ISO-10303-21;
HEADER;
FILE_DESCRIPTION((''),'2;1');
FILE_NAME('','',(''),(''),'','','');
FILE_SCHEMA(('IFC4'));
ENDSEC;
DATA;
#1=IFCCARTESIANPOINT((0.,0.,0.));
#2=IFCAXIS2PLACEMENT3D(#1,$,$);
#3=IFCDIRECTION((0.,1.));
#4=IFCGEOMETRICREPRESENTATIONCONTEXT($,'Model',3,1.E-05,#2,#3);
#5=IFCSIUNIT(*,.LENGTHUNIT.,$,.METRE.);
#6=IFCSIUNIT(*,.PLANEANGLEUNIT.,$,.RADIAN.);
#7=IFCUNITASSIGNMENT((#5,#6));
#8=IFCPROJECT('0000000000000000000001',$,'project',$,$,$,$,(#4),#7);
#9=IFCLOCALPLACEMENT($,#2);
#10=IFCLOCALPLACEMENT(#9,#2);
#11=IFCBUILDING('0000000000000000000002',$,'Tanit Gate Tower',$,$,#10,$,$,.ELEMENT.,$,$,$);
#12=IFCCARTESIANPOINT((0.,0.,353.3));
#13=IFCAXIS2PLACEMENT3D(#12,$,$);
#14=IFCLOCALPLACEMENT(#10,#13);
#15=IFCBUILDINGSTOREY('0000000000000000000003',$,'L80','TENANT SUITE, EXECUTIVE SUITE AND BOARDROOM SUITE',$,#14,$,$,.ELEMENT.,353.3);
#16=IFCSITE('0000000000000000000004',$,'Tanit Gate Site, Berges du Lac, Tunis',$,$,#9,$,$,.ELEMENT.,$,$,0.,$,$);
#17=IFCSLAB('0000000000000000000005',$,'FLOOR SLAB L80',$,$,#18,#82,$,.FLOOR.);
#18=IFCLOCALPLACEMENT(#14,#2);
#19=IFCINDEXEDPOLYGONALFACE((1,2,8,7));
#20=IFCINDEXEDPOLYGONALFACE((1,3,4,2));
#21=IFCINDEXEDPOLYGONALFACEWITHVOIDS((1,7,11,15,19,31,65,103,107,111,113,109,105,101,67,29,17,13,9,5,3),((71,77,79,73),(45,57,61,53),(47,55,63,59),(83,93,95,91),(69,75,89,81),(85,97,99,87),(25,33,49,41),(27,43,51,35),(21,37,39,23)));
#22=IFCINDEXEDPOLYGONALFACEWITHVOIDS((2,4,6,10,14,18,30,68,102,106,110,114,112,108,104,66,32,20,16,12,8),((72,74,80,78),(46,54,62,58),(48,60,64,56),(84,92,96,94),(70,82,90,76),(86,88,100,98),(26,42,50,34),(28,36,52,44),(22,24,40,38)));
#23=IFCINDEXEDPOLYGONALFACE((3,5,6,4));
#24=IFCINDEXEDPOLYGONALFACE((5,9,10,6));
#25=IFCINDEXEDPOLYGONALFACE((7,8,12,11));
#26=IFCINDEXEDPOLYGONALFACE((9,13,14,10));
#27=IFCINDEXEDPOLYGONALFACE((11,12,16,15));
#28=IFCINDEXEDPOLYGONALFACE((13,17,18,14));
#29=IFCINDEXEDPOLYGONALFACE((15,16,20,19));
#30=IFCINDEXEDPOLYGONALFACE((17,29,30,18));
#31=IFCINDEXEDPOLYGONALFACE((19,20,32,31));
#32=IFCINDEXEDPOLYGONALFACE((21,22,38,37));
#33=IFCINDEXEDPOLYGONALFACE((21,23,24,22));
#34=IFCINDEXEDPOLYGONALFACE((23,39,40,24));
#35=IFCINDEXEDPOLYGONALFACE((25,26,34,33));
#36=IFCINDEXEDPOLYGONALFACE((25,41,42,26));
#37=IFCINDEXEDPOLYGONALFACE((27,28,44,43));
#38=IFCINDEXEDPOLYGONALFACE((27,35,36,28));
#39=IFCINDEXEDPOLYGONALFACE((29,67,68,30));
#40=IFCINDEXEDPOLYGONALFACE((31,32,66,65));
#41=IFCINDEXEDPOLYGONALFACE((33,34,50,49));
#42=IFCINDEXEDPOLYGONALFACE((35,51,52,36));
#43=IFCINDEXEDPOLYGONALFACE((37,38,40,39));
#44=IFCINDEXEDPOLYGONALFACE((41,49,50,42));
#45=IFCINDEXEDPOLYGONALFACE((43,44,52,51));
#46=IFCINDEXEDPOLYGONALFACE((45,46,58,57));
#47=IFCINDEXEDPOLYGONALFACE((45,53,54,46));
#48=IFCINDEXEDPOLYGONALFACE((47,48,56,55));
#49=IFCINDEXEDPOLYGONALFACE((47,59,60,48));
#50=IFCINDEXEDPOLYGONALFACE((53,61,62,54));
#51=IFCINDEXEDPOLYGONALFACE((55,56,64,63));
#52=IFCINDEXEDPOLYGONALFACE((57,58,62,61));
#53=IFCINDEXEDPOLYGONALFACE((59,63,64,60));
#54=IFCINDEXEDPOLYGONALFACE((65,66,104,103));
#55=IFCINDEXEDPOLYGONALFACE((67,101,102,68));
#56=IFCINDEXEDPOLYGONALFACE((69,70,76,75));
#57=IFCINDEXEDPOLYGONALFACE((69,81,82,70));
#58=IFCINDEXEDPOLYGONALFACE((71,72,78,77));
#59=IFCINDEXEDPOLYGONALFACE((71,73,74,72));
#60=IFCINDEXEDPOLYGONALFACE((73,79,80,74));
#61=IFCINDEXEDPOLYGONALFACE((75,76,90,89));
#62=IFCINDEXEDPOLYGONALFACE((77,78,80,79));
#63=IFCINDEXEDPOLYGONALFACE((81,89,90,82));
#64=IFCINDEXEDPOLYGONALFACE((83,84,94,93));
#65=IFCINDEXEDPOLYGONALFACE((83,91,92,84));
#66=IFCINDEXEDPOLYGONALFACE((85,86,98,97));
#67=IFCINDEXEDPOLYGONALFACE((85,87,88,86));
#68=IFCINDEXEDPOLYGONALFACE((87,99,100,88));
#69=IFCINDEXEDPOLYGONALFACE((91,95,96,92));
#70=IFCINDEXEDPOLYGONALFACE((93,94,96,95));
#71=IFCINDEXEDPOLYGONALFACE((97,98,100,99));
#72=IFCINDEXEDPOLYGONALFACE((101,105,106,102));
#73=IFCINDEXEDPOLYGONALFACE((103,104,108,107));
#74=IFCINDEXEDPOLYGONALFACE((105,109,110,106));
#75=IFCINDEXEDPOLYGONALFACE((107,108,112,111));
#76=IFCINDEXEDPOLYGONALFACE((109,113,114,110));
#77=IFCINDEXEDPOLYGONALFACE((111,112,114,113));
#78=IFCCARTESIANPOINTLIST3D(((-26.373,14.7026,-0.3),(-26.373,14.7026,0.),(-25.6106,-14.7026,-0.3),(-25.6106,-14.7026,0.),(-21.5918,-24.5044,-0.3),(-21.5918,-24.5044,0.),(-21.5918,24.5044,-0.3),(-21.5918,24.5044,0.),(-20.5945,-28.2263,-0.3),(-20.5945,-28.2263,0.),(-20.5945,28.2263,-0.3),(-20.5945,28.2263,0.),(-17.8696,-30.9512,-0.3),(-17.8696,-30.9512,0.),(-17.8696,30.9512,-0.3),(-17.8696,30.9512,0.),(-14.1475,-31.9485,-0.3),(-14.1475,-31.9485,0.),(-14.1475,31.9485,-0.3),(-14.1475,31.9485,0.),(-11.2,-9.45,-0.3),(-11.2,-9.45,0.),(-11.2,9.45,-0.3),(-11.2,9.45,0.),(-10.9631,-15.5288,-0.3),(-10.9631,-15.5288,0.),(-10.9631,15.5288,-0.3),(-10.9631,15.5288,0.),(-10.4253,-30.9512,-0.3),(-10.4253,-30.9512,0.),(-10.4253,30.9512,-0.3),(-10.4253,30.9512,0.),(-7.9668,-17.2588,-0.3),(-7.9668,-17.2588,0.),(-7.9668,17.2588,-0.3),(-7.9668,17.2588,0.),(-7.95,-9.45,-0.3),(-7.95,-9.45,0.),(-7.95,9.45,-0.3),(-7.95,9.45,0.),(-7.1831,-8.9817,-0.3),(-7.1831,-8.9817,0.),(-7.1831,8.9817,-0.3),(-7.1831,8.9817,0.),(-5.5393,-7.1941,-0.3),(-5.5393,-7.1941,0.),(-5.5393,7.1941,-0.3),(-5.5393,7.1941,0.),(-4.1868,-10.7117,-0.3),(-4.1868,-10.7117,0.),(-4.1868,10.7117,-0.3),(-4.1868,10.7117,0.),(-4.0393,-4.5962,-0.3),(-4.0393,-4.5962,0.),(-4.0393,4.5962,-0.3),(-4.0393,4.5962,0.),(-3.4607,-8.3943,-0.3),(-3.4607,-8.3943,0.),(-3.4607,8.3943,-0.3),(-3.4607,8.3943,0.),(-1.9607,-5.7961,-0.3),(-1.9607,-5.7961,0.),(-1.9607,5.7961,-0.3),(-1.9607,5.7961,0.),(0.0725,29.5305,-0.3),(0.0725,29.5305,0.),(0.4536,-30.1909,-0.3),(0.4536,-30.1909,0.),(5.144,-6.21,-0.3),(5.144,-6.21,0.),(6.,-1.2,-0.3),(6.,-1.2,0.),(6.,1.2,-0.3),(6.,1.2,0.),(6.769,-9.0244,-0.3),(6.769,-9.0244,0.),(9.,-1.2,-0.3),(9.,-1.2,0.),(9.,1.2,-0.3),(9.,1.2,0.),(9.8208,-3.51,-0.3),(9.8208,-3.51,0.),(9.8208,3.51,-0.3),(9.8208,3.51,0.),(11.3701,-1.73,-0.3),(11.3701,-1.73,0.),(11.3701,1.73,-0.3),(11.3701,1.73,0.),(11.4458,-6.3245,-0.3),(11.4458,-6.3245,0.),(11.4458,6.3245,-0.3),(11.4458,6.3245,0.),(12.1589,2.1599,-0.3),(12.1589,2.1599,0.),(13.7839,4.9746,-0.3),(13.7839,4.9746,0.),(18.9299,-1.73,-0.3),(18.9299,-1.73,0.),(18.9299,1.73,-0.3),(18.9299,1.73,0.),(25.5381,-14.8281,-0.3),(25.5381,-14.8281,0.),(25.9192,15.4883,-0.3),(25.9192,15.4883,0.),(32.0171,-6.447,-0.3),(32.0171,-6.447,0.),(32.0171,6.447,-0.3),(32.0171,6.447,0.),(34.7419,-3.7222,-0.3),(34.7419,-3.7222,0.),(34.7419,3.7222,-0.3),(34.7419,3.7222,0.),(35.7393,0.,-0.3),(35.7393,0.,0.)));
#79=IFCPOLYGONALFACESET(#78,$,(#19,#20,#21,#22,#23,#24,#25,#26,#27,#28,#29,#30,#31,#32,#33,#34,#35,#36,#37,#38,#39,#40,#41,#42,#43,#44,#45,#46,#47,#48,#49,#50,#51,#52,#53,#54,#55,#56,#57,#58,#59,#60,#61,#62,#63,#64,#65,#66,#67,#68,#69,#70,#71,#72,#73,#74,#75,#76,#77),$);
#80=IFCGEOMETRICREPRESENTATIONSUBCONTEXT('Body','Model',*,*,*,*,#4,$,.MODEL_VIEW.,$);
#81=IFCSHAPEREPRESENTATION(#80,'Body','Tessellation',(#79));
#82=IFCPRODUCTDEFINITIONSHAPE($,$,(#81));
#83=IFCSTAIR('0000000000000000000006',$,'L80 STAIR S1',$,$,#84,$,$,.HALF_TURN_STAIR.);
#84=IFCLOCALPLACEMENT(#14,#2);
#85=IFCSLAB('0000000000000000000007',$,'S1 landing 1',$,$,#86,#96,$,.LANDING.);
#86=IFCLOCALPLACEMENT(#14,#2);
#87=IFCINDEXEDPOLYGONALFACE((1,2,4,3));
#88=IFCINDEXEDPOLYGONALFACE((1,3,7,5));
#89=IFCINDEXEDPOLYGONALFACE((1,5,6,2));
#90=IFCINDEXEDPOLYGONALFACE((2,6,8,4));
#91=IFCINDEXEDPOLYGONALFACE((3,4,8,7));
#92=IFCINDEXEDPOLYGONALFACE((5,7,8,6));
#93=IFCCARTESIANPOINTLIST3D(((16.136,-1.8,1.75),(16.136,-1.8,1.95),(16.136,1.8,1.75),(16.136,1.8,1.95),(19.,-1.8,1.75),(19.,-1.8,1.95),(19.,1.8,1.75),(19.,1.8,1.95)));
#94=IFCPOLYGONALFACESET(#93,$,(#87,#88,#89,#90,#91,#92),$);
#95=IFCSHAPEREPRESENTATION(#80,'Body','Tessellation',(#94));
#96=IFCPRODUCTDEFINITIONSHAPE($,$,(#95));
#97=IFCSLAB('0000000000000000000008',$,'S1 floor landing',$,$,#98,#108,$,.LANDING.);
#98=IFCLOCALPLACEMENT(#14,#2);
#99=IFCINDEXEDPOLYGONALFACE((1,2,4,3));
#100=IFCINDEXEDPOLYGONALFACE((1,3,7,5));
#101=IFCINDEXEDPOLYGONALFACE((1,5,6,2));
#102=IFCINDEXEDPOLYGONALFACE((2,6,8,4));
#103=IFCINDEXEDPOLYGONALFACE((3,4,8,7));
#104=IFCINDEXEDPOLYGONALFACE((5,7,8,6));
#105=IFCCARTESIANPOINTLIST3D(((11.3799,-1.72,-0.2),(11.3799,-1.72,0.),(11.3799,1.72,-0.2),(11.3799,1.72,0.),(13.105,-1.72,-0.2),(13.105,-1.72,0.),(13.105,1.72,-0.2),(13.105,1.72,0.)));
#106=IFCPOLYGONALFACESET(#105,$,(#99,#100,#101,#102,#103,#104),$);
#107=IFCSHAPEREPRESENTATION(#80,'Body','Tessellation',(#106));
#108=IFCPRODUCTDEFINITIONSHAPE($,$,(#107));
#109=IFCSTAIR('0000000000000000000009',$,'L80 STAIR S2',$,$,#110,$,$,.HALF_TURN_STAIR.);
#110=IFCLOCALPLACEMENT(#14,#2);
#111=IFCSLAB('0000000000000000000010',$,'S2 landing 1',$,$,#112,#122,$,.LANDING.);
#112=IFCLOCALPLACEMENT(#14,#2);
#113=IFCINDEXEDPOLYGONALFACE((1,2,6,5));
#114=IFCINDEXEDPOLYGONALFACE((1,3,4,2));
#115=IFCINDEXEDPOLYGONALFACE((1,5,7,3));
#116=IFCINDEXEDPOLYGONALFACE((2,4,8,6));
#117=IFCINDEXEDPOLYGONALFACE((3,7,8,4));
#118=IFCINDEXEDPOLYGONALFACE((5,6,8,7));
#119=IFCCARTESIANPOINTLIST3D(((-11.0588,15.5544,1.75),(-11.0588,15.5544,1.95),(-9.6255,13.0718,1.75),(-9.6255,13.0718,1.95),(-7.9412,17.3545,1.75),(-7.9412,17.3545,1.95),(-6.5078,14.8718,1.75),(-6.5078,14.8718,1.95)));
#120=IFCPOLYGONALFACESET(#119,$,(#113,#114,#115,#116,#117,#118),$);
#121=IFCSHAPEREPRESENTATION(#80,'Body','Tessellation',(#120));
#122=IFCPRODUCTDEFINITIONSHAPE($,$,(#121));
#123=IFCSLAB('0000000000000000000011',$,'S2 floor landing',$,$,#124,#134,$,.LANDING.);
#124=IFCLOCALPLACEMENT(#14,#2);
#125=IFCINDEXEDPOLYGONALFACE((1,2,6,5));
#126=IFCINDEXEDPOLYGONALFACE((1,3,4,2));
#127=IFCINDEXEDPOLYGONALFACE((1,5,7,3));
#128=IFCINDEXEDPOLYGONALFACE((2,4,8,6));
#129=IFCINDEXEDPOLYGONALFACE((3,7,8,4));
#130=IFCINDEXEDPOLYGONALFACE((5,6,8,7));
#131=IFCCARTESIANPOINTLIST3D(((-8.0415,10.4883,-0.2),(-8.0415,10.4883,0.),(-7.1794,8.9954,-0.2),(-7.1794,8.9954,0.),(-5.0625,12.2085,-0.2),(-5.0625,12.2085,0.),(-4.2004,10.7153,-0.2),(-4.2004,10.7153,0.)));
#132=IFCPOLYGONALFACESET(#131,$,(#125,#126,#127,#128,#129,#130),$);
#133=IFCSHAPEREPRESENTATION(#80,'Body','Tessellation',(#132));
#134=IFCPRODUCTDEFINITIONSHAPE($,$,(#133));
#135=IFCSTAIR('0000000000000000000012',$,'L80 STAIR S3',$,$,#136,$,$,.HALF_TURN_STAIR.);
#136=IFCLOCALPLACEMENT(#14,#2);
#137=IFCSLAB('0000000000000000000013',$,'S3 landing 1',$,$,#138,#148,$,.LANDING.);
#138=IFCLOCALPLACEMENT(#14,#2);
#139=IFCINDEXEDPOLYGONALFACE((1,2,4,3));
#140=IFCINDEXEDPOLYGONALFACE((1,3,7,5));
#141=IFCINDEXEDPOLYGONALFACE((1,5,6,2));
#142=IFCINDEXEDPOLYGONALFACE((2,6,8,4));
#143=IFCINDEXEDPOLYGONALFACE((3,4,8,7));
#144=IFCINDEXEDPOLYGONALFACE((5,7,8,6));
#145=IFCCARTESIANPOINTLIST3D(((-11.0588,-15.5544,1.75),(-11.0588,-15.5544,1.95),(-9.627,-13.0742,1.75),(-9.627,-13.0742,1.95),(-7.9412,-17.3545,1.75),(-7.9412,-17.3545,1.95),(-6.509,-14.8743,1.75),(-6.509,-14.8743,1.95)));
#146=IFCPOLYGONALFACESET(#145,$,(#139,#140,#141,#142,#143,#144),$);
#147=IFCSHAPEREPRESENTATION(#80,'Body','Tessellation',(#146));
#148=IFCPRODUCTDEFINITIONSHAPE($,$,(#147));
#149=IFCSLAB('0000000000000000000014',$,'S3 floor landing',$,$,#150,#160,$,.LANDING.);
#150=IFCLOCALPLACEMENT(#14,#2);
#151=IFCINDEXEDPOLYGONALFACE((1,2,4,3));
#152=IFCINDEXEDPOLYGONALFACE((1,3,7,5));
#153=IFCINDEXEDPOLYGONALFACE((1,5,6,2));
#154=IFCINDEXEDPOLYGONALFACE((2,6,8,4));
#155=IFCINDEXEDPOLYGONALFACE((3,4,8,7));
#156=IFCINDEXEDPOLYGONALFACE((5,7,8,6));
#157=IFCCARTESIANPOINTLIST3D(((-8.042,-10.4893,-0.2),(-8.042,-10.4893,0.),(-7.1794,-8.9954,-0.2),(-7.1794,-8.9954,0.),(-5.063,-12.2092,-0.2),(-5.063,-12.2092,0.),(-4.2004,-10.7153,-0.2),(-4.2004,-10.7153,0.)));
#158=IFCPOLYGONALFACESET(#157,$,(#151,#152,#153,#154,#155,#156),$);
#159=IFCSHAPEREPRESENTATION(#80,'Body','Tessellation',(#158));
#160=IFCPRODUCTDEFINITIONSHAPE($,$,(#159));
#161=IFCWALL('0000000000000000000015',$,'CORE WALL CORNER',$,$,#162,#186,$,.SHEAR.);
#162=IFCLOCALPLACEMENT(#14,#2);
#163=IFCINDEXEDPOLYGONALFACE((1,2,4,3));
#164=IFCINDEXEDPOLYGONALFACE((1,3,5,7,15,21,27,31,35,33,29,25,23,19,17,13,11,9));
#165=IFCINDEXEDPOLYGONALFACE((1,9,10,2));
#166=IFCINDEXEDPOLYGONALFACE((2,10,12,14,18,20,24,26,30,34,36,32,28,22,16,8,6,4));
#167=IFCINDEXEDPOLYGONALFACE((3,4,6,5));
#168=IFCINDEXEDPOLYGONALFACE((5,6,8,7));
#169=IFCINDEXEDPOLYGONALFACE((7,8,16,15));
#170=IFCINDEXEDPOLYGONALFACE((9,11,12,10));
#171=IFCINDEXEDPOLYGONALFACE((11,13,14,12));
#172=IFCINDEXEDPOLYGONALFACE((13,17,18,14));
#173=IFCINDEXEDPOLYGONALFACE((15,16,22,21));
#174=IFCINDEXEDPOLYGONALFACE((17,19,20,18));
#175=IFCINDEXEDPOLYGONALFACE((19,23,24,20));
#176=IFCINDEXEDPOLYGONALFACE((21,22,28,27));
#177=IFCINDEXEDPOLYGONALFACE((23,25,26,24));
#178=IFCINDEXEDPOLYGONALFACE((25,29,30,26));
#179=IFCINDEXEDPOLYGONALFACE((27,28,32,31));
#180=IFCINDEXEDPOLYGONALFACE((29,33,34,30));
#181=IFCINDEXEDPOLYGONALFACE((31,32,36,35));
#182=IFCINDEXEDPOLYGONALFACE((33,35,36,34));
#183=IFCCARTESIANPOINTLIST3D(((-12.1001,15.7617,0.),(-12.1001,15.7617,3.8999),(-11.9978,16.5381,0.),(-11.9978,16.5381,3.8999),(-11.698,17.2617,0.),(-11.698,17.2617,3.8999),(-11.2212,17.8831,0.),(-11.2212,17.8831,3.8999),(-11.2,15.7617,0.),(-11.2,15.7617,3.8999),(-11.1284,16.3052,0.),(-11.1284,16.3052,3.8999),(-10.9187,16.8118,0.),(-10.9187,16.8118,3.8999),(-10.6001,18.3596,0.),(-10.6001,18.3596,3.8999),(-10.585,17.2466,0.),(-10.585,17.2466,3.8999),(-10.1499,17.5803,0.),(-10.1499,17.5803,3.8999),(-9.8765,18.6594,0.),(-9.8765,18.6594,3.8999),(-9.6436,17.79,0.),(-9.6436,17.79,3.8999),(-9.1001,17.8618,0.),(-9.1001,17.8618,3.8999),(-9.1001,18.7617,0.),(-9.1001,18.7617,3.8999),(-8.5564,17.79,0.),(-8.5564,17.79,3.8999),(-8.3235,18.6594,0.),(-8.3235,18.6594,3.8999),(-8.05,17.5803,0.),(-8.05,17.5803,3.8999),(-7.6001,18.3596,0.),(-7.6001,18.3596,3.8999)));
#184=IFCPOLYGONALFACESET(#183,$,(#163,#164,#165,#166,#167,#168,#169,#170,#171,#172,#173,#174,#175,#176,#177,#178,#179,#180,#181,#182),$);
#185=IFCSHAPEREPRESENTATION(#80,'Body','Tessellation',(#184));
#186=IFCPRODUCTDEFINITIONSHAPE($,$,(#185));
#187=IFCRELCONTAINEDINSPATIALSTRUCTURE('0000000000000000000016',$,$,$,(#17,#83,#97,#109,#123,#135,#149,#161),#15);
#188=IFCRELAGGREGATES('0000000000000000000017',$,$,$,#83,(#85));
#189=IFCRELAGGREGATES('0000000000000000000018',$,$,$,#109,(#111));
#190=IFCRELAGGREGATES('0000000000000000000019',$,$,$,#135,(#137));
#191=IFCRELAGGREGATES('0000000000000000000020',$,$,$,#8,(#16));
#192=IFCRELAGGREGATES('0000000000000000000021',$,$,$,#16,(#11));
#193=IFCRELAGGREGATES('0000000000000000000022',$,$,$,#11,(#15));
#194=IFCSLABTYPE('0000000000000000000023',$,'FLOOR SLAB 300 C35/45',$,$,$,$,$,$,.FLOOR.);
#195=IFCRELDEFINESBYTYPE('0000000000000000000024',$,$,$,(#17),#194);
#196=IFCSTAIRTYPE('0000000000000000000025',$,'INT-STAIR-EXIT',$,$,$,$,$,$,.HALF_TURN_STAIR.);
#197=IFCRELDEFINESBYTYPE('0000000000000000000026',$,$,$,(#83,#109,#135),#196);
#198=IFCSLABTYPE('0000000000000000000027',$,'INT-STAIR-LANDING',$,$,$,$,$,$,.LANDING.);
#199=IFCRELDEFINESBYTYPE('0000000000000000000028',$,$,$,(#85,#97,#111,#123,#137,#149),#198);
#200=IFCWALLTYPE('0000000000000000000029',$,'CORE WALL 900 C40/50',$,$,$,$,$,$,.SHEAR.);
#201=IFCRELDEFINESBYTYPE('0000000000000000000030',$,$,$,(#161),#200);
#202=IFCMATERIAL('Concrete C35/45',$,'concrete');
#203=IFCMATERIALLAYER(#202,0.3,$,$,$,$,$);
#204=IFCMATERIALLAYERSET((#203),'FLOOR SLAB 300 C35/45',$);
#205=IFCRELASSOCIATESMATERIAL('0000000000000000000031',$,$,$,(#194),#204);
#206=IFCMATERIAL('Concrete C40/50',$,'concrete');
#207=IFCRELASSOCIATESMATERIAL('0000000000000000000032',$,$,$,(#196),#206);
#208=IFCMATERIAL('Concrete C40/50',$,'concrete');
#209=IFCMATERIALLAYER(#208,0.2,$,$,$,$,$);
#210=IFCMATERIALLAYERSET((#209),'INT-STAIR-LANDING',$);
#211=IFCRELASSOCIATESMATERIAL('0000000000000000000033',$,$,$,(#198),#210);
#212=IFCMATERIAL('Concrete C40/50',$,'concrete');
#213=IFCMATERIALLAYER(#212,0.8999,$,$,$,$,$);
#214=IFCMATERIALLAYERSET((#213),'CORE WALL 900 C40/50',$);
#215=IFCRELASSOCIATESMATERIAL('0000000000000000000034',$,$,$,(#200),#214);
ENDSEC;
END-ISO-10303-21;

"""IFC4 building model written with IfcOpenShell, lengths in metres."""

from ifc_helpers import new_model, si_unit, direction, frame, origin, place, context, subcontext, project, spatial, polyline, outline, extrude, material, layer, layer_set, type_object, element, aggregate, save


model = new_model("IFC4")

# Units and contexts
model_context = context("Model", 3, precision=1e-05, world=origin(), true_north=direction((0.0, 1.0)))
body_context = subcontext(model_context, "Body", "Model", "MODEL_VIEW")
ifc_project = project(units=[si_unit("LENGTHUNIT", "METRE"), si_unit("PLANEANGLEUNIT", "RADIAN")], contexts=[model_context])

# Site, building, storey
site_placement = place(None, origin())
site = spatial("IfcSite", under=ifc_project, at=site_placement, Name="Tanit Gate Site, Berges du Lac, Tunis", CompositionType="ELEMENT", RefElevation=0.0)
building_placement = place(site_placement, origin())
building = spatial("IfcBuilding", under=site, at=building_placement, Name="Tanit Gate Tower", CompositionType="ELEMENT")
storey_placement = place(building_placement, frame((0.0, 0.0, 353.3)))
storey = spatial("IfcBuildingStorey", under=building, at=storey_placement, Name="L80", Description="TENANT SUITE, EXECUTIVE SUITE AND BOARDROOM SUITE", CompositionType="ELEMENT", Elevation=353.3)

# Slab
ifc_material_1 = material(Name="Concrete C35/45", Category="concrete")
ifc_layer_1 = layer(ifc_material_1, 0.3)
ifc_layer_set_1 = layer_set([ifc_layer_1], Name="FLOOR SLAB 300 C35/45")
slab_type_1 = type_object("IfcSlabType", Name="FLOOR SLAB 300 C35/45", PredefinedType="FLOOR", material=ifc_layer_set_1)
slab_1_placement = place(storey_placement, frame((0.0, 0.0, -0.3)))
element("IfcSlab", 1, at=slab_1_placement, inside=storey, type_object=slab_type_1, Name="FLOOR SLAB L80", PredefinedType="FLOOR", context=body_context, shape_type="SweptSolid", body=[
    extrude(outline(polyline([(32.0171, 6.447), (34.7419, 3.7222), (35.7393, 0.0), (34.7419, -3.7222), (32.0171, -6.447), (25.5381, -14.8281), (0.4536, -30.1909), (-10.4253, -30.9512), (-14.1475, -31.9485), (-17.8696, -30.9512), (-20.5945, -28.2263), (-21.5918, -24.5044), (-25.6106, -14.7026), (-26.373, 14.7026), (-21.5918, 24.5044), (-20.5945, 28.2263), (-17.8696, 30.9512), (-14.1475, 31.9485), (-10.4253, 30.9512), (0.0725, 29.5305), (25.9192, 15.4883), (32.0171, 6.447)]), holes=[polyline([(11.3701, 1.73), (18.9299, 1.73), (18.9299, -1.73), (11.3701, -1.73), (11.3701, 1.73)]), polyline([(12.1589, 2.1599), (9.8208, 3.51), (11.4458, 6.3245), (13.7839, 4.9746), (12.1589, 2.1599)]), polyline([(11.4458, -6.3245), (6.769, -9.0244), (5.144, -6.21), (9.8208, -3.51), (11.4458, -6.3245)]), polyline([(6.0, 1.2), (9.0, 1.2), (9.0, -1.2), (6.0, -1.2), (6.0, 1.2)]), polyline([(-4.0393, 4.5962), (-5.5393, 7.1941), (-3.4607, 8.3943), (-1.9607, 5.7961), (-4.0393, 4.5962)]), polyline([(-1.9607, -5.7961), (-3.4607, -8.3943), (-5.5393, -7.1941), (-4.0393, -4.5962), (-1.9607, -5.7961)]), polyline([(-7.1831, 8.9817), (-10.9631, 15.5288), (-7.9668, 17.2588), (-4.1868, 10.7117), (-7.1831, 8.9817)]), polyline([(-4.1868, -10.7117), (-7.9668, -17.2588), (-10.9631, -15.5288), (-7.1831, -8.9817), (-4.1868, -10.7117)]), polyline([(-11.2, -9.45), (-11.2, 9.45), (-7.95, 9.45), (-7.95, -9.45), (-11.2, -9.45)])]), origin(), (0.0, 0.0, 1.0), 0.3),
])

# Stair, slab
ifc_material_2 = material(Name="Concrete C40/50", Category="concrete")
stair_type = type_object("IfcStairType", Name="INT-STAIR-EXIT", PredefinedType="HALF_TURN_STAIR", material=ifc_material_2)
stair_1_placement = place(storey_placement, origin())
stair_1 = element("IfcStair", 2, at=stair_1_placement, inside=storey, type_object=stair_type, Name="L80 STAIR S1", PredefinedType="HALF_TURN_STAIR")
ifc_material_3 = material(Name="Concrete C40/50", Category="concrete")
ifc_layer_2 = layer(ifc_material_3, 0.2)
ifc_layer_set_2 = layer_set([ifc_layer_2], Name="INT-STAIR-LANDING")
slab_type_2 = type_object("IfcSlabType", Name="INT-STAIR-LANDING", PredefinedType="LANDING", material=ifc_layer_set_2)
slab_2_placement = place(storey_placement, frame((0.0, 0.0, 1.75)))
slab_2 = element("IfcSlab", 3, at=slab_2_placement, type_object=slab_type_2, Name="S1 landing 1", PredefinedType="LANDING", context=body_context, shape_type="SweptSolid", body=[
    extrude(outline(polyline([(16.136, -1.8), (19.0, -1.8), (19.0, 1.8), (16.136, 1.8), (16.136, -1.8)])), origin(), (0.0, 0.0, 1.0), 0.2),
])
aggregate(stair_1, [slab_2])

# Slab
slab_3_placement = place(storey_placement, frame((0.0, 0.0, -0.2)))
element("IfcSlab", 4, at=slab_3_placement, inside=storey, type_object=slab_type_2, Name="S1 floor landing", PredefinedType="LANDING", context=body_context, shape_type="SweptSolid", body=[
    extrude(outline(polyline([(11.3799, -1.72), (13.105, -1.72), (13.105, 1.72), (11.3799, 1.72), (11.3799, -1.72)])), origin(), (0.0, 0.0, 1.0), 0.2),
])

# Stair, slab
stair_2_placement = place(storey_placement, origin())
stair_2 = element("IfcStair", 5, at=stair_2_placement, inside=storey, type_object=stair_type, Name="L80 STAIR S2", PredefinedType="HALF_TURN_STAIR")
slab_4_placement = place(storey_placement, frame((0.0, 0.0, 1.75)))
slab_4 = element("IfcSlab", 6, at=slab_4_placement, type_object=slab_type_2, Name="S2 landing 1", PredefinedType="LANDING", context=body_context, shape_type="SweptSolid", body=[
    extrude(outline(polyline([(-6.5078, 14.8718), (-7.9412, 17.3545), (-11.0588, 15.5544), (-9.6255, 13.0718), (-6.5078, 14.8718)])), origin(), (0.0, 0.0, 1.0), 0.2),
])
aggregate(stair_2, [slab_4])

# Slab
slab_5_placement = place(storey_placement, frame((0.0, 0.0, -0.2)))
element("IfcSlab", 7, at=slab_5_placement, inside=storey, type_object=slab_type_2, Name="S2 floor landing", PredefinedType="LANDING", context=body_context, shape_type="SweptSolid", body=[
    extrude(outline(polyline([(-4.2004, 10.7153), (-5.0625, 12.2085), (-8.0415, 10.4883), (-7.1794, 8.9954), (-4.2004, 10.7153)])), origin(), (0.0, 0.0, 1.0), 0.2),
])

# Stair, slab
stair_3_placement = place(storey_placement, origin())
stair_3 = element("IfcStair", 8, at=stair_3_placement, inside=storey, type_object=stair_type, Name="L80 STAIR S3", PredefinedType="HALF_TURN_STAIR")
slab_6_placement = place(storey_placement, frame((0.0, 0.0, 1.75)))
slab_6 = element("IfcSlab", 9, at=slab_6_placement, type_object=slab_type_2, Name="S3 landing 1", PredefinedType="LANDING", context=body_context, shape_type="SweptSolid", body=[
    extrude(outline(polyline([(-9.627, -13.0742), (-11.0588, -15.5544), (-7.9412, -17.3545), (-6.509, -14.8743), (-9.627, -13.0742)])), origin(), (0.0, 0.0, 1.0), 0.2),
])
aggregate(stair_3, [slab_6])

# Slab
slab_7_placement = place(storey_placement, frame((0.0, 0.0, -0.2)))
element("IfcSlab", 10, at=slab_7_placement, inside=storey, type_object=slab_type_2, Name="S3 floor landing", PredefinedType="LANDING", context=body_context, shape_type="SweptSolid", body=[
    extrude(outline(polyline([(-7.1794, -8.9954), (-8.042, -10.4893), (-5.063, -12.2092), (-4.2004, -10.7153), (-7.1794, -8.9954)])), origin(), (0.0, 0.0, 1.0), 0.2),
])

# Wall
ifc_material_4 = material(Name="Concrete C40/50", Category="concrete")
ifc_layer_3 = layer(ifc_material_4, 0.8999)
ifc_layer_set_3 = layer_set([ifc_layer_3], Name="CORE WALL 900 C40/50")
wall_type_1 = type_object("IfcWallType", Name="CORE WALL 900 C40/50", PredefinedType="SHEAR", material=ifc_layer_set_3)
wall_1_placement = place(storey_placement, origin())
element("IfcWall", 11, at=wall_1_placement, inside=storey, type_object=wall_type_1, Name="CORE WALL CORNER", PredefinedType="SHEAR", context=body_context, shape_type="SweptSolid", body=[
    extrude(outline(polyline([(-7.6001, 18.3596), (-8.3235, 18.6594), (-9.1001, 18.7617), (-9.8765, 18.6594), (-10.6001, 18.3596), (-11.2212, 17.8831), (-11.698, 17.2617), (-11.9978, 16.5381), (-12.1001, 15.7617), (-11.2, 15.7617), (-11.1284, 16.3052), (-10.9187, 16.8118), (-10.585, 17.2466), (-10.1499, 17.5803), (-9.6436, 17.79), (-9.1001, 17.8618), (-8.5564, 17.79), (-8.05, 17.5803), (-7.6001, 18.3596)])), origin(), (0.0, 0.0, 1.0), 3.8999),
])

save(model, "model.ifc")
